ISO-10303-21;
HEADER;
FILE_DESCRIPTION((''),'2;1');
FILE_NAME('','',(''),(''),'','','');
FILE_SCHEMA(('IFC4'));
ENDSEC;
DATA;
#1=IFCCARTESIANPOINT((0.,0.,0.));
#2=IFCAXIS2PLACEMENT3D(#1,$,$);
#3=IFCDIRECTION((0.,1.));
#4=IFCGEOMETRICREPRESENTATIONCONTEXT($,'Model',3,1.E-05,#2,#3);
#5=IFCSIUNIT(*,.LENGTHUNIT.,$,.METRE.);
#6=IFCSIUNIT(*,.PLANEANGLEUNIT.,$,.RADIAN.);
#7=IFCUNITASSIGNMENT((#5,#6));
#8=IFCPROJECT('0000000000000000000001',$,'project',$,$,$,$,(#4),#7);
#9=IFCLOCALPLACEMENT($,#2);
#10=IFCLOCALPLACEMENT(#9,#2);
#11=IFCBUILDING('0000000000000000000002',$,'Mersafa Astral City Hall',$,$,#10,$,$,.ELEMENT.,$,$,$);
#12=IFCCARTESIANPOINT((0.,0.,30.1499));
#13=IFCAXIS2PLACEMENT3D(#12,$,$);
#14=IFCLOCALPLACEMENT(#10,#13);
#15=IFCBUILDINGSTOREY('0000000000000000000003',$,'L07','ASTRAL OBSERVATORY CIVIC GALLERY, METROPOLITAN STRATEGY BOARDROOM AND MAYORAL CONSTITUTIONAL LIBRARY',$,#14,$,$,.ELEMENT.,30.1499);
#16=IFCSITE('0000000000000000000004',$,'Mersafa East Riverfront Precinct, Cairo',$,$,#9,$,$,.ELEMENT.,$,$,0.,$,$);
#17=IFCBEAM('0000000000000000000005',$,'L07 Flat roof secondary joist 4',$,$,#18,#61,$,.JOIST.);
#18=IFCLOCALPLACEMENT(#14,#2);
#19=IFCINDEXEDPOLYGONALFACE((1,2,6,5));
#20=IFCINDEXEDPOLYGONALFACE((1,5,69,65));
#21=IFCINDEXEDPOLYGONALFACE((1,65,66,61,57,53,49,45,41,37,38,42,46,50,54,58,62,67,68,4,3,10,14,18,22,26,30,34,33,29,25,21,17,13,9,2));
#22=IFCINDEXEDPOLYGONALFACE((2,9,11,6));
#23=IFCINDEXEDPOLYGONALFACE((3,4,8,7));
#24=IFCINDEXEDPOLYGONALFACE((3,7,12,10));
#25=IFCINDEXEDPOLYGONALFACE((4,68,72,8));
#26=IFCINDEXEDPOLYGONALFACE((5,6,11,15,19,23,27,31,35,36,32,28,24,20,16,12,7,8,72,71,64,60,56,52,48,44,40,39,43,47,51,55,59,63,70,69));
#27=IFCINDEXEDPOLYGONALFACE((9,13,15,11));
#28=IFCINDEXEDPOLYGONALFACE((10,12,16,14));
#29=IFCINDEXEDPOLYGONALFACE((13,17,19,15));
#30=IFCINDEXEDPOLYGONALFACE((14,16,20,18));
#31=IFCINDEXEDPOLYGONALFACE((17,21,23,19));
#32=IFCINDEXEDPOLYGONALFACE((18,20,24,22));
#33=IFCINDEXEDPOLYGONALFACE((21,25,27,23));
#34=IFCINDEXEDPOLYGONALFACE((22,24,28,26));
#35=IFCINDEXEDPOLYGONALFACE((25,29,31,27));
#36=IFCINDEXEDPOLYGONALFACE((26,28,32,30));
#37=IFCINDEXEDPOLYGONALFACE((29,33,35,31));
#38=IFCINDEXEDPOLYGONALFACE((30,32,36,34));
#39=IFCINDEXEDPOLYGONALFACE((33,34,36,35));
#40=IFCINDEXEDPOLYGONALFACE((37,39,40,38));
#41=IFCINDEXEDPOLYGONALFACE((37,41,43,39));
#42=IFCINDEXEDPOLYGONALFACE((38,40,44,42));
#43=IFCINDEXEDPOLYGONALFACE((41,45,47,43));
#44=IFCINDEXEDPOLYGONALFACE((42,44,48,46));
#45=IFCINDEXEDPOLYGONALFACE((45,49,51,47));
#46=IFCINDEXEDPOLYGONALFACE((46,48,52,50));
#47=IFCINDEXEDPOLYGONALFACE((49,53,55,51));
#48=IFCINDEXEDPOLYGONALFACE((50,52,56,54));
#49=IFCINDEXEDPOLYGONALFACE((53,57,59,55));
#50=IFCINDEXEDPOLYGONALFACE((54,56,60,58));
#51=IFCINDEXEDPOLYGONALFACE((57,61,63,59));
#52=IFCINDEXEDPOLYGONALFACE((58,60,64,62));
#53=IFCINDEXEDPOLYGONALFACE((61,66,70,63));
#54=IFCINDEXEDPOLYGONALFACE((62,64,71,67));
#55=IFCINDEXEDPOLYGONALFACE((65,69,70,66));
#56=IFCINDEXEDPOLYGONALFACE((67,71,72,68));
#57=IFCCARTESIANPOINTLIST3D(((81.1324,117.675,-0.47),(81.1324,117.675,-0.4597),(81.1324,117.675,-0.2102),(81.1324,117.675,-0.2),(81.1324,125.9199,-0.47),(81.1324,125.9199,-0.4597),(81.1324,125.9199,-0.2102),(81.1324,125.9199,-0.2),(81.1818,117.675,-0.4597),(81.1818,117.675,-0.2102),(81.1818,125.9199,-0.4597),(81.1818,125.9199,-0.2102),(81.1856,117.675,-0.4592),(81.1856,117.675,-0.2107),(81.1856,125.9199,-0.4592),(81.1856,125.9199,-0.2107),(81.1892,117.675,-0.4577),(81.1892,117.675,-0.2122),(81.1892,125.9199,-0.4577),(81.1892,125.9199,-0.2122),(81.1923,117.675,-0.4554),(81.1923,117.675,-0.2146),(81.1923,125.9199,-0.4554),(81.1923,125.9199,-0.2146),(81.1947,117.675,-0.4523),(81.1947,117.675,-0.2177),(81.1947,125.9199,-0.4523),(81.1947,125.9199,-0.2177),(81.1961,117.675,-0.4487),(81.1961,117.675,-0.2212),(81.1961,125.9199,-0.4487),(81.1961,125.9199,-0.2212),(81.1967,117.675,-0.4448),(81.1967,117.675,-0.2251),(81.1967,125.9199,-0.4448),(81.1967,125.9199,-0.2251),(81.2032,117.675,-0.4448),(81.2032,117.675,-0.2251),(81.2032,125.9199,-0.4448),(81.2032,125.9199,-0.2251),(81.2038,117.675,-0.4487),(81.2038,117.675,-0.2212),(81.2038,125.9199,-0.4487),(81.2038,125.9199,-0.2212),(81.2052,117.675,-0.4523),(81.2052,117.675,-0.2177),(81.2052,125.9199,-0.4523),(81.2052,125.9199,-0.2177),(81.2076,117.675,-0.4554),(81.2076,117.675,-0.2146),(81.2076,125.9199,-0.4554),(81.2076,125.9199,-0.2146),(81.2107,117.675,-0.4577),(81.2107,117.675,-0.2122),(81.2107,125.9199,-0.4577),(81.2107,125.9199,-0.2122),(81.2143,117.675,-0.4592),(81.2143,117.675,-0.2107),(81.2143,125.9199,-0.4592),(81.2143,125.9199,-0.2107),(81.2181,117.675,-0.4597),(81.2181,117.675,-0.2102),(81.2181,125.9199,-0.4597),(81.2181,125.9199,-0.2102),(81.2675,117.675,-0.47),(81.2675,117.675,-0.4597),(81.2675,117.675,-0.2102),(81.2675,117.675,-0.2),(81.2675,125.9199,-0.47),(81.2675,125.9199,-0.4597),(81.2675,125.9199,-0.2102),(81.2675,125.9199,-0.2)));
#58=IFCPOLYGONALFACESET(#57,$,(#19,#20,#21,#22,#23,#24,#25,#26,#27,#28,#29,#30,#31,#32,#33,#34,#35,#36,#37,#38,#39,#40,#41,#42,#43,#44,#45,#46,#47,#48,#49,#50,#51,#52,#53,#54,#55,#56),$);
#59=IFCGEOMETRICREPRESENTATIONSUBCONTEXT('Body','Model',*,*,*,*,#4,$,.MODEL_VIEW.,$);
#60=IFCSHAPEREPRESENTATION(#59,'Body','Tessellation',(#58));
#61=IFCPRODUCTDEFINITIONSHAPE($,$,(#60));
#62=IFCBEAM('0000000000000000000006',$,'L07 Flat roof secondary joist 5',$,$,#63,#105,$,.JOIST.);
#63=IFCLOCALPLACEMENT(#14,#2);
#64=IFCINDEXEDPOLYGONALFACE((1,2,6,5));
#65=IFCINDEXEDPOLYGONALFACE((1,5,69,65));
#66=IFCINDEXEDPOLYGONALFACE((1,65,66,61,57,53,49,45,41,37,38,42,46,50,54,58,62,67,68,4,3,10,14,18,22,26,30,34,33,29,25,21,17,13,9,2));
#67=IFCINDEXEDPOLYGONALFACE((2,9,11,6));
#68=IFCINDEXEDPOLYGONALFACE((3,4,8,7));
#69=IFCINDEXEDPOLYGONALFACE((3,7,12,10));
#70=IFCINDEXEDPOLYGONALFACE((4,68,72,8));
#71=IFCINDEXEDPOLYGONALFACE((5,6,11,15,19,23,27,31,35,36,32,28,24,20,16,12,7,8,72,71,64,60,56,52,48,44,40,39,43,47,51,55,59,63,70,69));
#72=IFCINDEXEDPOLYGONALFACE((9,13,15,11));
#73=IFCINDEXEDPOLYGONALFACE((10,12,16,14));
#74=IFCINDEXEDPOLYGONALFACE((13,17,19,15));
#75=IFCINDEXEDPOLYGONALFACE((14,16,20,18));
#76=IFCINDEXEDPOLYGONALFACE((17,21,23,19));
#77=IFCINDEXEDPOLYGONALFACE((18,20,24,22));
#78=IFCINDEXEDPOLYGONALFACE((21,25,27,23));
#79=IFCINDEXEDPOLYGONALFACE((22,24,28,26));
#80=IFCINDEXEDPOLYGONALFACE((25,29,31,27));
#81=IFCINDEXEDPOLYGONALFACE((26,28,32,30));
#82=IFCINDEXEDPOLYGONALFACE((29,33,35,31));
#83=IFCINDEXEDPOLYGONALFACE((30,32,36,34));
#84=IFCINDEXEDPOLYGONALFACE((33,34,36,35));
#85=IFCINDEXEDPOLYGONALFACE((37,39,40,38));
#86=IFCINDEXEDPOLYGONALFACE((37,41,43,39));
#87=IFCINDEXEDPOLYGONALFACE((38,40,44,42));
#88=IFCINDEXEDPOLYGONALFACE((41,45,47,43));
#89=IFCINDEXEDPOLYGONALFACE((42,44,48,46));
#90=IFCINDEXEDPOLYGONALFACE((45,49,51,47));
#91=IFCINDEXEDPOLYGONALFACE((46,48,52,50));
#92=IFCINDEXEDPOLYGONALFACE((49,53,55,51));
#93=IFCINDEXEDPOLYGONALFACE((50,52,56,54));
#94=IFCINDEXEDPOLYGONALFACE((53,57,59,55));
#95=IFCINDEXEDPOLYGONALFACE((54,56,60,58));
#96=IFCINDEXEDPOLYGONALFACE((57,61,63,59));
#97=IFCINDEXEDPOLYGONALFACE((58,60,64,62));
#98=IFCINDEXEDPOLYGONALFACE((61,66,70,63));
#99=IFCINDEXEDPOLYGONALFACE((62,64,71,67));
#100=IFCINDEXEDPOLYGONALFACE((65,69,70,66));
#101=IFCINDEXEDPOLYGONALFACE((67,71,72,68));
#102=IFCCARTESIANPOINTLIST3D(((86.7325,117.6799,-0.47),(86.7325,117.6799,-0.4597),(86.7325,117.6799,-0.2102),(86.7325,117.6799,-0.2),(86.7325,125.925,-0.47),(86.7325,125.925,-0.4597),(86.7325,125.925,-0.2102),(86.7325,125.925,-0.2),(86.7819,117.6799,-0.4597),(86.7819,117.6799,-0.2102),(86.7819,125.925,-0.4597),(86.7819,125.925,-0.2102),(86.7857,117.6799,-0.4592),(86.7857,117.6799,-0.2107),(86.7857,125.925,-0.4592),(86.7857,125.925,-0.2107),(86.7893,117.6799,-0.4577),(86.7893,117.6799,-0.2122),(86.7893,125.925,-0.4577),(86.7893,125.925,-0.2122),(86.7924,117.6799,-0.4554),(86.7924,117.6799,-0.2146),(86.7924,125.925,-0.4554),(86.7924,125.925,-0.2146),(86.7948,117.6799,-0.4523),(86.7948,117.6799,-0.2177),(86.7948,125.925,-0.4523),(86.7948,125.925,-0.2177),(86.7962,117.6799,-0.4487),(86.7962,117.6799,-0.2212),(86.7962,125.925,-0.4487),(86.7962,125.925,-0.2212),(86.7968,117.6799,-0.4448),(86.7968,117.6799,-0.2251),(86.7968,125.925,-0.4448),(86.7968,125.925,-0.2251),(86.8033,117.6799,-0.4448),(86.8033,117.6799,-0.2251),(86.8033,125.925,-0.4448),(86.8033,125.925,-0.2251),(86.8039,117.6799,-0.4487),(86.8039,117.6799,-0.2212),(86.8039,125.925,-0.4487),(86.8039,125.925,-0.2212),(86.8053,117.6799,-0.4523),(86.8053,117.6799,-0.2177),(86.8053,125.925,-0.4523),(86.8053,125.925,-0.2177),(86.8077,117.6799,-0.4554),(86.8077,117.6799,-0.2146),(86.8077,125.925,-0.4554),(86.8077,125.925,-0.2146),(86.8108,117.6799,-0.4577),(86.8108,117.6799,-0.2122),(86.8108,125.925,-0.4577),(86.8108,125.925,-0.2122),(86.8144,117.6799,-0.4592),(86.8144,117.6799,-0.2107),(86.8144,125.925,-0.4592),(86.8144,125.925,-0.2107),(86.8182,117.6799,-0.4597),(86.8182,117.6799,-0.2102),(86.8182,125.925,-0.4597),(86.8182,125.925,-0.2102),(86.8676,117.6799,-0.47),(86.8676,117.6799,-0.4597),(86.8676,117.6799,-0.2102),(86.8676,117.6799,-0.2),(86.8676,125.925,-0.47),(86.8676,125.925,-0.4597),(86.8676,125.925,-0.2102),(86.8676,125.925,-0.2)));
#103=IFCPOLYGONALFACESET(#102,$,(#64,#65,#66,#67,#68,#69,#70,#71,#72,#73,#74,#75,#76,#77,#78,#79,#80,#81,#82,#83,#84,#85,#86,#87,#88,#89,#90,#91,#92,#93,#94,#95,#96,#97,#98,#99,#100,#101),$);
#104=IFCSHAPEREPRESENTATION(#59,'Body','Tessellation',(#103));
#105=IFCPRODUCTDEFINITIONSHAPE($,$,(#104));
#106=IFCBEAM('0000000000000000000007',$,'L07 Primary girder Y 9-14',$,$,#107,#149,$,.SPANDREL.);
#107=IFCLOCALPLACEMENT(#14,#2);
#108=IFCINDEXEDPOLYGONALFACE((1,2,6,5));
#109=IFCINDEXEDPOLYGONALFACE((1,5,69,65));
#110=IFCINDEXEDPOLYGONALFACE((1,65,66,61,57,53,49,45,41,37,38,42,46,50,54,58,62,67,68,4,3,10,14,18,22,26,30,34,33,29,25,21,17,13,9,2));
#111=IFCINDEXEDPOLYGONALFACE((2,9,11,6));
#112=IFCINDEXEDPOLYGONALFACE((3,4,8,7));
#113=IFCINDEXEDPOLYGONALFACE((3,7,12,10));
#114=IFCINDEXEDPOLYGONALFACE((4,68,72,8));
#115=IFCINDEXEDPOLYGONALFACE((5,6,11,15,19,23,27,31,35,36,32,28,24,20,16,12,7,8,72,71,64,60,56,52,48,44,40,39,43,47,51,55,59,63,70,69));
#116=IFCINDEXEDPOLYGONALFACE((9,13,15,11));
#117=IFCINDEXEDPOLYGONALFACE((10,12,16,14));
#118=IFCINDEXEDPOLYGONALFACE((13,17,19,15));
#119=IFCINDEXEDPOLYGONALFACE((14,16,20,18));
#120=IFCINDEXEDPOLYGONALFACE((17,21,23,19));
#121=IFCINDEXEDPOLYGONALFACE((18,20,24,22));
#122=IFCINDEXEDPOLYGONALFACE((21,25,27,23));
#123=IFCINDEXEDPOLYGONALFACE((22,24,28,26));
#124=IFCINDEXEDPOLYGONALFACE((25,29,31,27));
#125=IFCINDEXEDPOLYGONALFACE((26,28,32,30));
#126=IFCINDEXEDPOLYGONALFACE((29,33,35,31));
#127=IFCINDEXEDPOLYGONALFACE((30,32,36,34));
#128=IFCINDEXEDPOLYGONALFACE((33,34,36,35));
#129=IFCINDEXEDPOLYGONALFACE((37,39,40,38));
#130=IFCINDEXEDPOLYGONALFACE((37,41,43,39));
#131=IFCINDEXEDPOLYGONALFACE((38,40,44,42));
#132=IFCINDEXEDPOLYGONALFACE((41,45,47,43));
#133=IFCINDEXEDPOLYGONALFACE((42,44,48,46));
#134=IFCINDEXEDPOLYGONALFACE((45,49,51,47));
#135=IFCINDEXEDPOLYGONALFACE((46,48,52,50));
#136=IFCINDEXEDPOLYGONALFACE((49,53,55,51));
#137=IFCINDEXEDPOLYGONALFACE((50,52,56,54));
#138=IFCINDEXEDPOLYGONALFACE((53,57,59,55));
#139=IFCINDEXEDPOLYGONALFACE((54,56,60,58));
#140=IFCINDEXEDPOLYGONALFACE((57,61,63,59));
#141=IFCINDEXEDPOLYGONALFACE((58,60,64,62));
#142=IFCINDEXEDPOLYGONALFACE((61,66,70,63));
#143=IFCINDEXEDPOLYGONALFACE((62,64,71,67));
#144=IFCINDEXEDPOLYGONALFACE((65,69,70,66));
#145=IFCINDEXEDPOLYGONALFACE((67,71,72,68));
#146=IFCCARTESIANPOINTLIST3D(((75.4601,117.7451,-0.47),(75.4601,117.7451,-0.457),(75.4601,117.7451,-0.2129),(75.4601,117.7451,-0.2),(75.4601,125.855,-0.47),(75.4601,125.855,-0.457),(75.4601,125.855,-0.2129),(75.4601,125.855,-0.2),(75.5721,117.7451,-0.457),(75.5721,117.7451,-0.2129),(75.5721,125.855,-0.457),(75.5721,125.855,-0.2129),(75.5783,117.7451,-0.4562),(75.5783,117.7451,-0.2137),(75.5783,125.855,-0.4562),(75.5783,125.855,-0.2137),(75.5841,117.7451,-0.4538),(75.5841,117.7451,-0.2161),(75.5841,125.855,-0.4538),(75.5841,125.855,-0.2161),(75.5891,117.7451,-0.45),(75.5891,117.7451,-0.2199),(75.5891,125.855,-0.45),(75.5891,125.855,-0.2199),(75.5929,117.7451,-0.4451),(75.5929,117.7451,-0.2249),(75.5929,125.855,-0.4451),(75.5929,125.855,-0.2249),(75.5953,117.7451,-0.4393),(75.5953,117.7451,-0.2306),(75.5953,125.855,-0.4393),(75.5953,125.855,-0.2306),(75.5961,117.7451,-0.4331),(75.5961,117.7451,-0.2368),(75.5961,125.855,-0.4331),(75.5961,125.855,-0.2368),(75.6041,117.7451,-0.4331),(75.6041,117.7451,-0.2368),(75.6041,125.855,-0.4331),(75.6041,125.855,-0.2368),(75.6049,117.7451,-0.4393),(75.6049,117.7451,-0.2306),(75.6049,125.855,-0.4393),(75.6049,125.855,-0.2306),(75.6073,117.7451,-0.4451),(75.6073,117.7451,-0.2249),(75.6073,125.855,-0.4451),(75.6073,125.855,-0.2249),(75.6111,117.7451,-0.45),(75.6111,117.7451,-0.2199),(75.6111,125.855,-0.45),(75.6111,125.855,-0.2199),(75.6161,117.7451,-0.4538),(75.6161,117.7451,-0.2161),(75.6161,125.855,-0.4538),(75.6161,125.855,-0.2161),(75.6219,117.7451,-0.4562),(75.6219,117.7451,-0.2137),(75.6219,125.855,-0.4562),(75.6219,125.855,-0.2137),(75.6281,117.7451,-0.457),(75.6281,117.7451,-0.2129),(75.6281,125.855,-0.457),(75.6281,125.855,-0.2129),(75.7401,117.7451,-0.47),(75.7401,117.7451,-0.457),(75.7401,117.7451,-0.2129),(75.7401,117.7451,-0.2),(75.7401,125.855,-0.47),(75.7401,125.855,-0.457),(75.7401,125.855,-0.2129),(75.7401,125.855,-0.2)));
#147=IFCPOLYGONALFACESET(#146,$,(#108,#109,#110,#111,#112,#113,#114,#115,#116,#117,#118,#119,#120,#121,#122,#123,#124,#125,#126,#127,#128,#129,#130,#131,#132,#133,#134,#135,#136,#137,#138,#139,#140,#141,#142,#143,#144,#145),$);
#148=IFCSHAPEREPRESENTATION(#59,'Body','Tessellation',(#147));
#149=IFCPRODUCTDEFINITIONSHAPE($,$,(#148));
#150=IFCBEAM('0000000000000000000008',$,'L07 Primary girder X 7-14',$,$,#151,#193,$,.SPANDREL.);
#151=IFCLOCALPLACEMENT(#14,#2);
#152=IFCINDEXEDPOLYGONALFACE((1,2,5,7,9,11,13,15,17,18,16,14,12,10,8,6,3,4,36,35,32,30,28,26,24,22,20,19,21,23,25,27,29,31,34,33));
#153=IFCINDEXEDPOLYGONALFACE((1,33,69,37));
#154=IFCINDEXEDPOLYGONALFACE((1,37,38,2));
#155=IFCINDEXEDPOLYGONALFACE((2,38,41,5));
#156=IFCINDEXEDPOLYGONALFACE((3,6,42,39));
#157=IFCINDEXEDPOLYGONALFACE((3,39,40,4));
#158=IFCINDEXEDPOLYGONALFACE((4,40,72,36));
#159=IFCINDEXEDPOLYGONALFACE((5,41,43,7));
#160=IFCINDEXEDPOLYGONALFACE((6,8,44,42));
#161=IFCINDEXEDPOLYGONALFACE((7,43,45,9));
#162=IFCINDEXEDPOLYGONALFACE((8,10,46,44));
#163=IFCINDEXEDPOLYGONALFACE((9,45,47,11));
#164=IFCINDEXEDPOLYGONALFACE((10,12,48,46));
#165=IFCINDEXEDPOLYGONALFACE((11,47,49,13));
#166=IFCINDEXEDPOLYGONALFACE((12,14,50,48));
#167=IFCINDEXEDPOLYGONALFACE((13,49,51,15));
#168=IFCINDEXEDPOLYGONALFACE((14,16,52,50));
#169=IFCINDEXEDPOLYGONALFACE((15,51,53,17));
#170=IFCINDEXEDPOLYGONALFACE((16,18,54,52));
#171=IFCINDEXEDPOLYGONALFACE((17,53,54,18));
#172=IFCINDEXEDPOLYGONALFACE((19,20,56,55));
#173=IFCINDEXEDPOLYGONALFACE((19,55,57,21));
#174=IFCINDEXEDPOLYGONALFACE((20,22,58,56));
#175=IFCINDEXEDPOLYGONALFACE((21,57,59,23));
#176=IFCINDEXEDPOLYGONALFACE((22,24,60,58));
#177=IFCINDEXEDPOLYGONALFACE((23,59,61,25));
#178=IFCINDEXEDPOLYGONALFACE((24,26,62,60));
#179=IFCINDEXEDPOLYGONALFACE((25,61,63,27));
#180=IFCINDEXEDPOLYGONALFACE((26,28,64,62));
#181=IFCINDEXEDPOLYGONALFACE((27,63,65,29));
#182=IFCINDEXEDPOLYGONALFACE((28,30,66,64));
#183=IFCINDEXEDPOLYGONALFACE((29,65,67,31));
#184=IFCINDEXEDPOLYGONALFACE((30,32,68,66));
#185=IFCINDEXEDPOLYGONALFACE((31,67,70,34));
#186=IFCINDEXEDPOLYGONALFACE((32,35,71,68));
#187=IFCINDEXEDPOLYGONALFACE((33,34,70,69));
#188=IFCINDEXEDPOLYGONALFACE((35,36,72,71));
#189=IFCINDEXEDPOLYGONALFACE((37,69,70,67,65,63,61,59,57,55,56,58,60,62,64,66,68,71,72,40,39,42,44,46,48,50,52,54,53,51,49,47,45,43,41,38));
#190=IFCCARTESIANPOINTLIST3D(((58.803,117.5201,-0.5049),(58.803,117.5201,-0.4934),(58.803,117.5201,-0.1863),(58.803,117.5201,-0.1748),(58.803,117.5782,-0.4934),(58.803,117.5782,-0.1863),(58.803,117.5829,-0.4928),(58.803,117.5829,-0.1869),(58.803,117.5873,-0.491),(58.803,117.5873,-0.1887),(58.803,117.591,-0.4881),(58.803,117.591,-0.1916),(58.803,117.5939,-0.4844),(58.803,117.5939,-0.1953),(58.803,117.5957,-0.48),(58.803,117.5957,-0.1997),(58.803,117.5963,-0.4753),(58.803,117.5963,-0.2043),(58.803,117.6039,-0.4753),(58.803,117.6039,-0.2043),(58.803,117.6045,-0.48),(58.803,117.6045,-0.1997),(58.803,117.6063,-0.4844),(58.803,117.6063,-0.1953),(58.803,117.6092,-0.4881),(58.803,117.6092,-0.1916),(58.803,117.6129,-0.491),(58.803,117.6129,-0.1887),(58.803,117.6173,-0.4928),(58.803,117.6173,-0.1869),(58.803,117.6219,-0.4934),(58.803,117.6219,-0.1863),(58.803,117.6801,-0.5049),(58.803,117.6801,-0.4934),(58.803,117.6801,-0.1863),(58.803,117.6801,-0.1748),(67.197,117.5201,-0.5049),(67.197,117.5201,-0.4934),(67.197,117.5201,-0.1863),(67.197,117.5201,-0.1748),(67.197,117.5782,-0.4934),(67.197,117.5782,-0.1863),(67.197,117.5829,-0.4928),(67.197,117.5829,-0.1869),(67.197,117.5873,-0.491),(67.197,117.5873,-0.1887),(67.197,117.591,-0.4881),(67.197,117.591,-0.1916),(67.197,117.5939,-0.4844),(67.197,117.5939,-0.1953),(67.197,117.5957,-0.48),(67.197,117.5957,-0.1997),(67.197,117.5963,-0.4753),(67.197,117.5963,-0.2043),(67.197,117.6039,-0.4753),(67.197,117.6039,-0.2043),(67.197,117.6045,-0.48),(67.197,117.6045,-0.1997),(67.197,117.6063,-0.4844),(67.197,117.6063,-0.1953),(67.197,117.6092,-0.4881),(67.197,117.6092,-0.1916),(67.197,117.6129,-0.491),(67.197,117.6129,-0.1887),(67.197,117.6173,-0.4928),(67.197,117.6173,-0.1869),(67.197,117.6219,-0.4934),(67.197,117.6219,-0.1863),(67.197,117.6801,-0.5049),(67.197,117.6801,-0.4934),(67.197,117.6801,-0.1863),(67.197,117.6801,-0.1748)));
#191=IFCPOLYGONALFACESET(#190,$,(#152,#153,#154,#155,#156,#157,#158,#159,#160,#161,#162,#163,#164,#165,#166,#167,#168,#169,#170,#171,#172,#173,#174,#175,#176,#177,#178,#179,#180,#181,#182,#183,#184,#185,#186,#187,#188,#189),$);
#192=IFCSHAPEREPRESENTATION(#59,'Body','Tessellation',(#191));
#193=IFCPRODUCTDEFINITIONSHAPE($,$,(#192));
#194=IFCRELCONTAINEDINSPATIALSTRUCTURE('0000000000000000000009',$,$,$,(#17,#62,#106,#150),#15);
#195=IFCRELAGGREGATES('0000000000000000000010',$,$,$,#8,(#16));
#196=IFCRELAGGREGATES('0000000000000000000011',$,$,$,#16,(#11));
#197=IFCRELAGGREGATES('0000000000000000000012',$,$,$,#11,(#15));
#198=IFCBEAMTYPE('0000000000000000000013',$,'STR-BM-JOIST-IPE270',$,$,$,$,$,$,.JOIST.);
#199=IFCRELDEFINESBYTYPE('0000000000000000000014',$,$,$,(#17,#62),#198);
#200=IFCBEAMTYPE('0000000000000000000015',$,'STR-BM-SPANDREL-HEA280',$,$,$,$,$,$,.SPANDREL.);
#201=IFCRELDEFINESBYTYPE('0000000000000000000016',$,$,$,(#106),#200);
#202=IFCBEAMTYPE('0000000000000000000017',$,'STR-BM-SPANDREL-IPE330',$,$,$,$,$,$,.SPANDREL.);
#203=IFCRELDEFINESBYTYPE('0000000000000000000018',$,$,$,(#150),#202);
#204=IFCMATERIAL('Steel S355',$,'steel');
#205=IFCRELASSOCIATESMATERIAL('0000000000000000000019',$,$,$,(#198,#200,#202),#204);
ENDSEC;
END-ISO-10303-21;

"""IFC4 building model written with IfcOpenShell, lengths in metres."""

from ifc_helpers import new_model, si_unit, direction, frame, origin, origin_2d, place, context, subcontext, project, spatial, i_section, extrude, material, material_profile, profile_set, type_object, element, save


model = new_model("IFC4")

# Units and contexts
model_context = context("Model", 3, precision=1e-05, world=origin(), true_north=direction((0.0, 1.0)))
body_context = subcontext(model_context, "Body", "Model", "MODEL_VIEW")
ifc_project = project(units=[si_unit("LENGTHUNIT", "METRE"), si_unit("PLANEANGLEUNIT", "RADIAN")], contexts=[model_context])

# Site, building, storey
site_placement = place(None, origin())
site = spatial("IfcSite", under=ifc_project, at=site_placement, Name="Mersafa East Riverfront Precinct, Cairo", CompositionType="ELEMENT", RefElevation=0.0)
building_placement = place(site_placement, origin())
building = spatial("IfcBuilding", under=site, at=building_placement, Name="Mersafa Astral City Hall", CompositionType="ELEMENT")
storey_placement = place(building_placement, frame((0.0, 0.0, 30.1499)))
storey = spatial("IfcBuildingStorey", under=building, at=storey_placement, Name="L07", Description="ASTRAL OBSERVATORY CIVIC GALLERY, METROPOLITAN STRATEGY BOARDROOM AND MAYORAL CONSTITUTIONAL LIBRARY", CompositionType="ELEMENT", Elevation=30.1499)

# Beams
ifc_material_1 = material(Name="Steel S355", Category="steel")
ifc_material_profile_1 = material_profile(ifc_material_1, i_section(OverallWidth=0.135, OverallDepth=0.27, WebThickness=0.0066, FlangeThickness=0.0103, FilletRadius=0.0149, at=origin_2d()), Name="IPE 270")
ifc_profile_set_1 = profile_set([ifc_material_profile_1], Name="Steel S355")
beam_type_1 = type_object("IfcBeamType", Name="STR-BM-JOIST-IPE270", PredefinedType="JOIST", material=ifc_profile_set_1)
for number, where, z_axis, x_axis, name in (
    (1, (81.2, 117.675, -0.335), (0.0, 1.0, 0.0), (-1.0, 0.0, 0.0), "L07 Flat roof secondary joist 4"),
):
    element("IfcBeam", number, at=place(storey_placement, frame(where, z_axis=z_axis, x_axis=x_axis)), inside=storey, type_object=beam_type_1, Name=name, PredefinedType="JOIST", context=body_context, shape_type="SweptSolid", body=[
        extrude(i_section(OverallWidth=0.135, OverallDepth=0.27, WebThickness=0.0066, FlangeThickness=0.0103, FilletRadius=0.0149, at=origin_2d()), origin(), (0.0, 0.0, 1.0), 8.2449),
    ])
beam_1_placement = place(storey_placement, frame((86.8, 117.6799, -0.335), z_axis=(0.0, 1.0, 0.0), x_axis=(-1.0, 0.0, 0.0)))
element("IfcBeam", 2, at=beam_1_placement, inside=storey, type_object=beam_type_1, Name="L07 Flat roof secondary joist 5", PredefinedType="JOIST", context=body_context, shape_type="SweptSolid", body=[
    extrude(i_section(OverallWidth=0.135, OverallDepth=0.27, WebThickness=0.0066, FlangeThickness=0.0103, FilletRadius=0.0149, at=origin_2d()), origin(), (0.0, 0.0, 1.0), 8.2451),
])
ifc_material_profile_2 = material_profile(ifc_material_1, i_section(OverallWidth=0.28, OverallDepth=0.27, WebThickness=0.0081, FlangeThickness=0.0129, FilletRadius=0.0239, at=origin_2d()), Name="HEA 280")
ifc_profile_set_2 = profile_set([ifc_material_profile_2], Name="Steel S355")
beam_type_2 = type_object("IfcBeamType", Name="STR-BM-SPANDREL-HEA280", PredefinedType="SPANDREL", material=ifc_profile_set_2)
beam_2_placement = place(storey_placement, frame((75.6001, 117.7451, -0.335), z_axis=(0.0, 1.0, 0.0), x_axis=(-1.0, 0.0, 0.0)))
element("IfcBeam", 3, at=beam_2_placement, inside=storey, type_object=beam_type_2, Name="L07 Primary girder Y 9-14", PredefinedType="SPANDREL", context=body_context, shape_type="SweptSolid", body=[
    extrude(i_section(OverallWidth=0.28, OverallDepth=0.27, WebThickness=0.0081, FlangeThickness=0.0129, FilletRadius=0.0239, at=origin_2d()), origin(), (0.0, 0.0, 1.0), 8.1099),
])
ifc_material_profile_3 = material_profile(ifc_material_1, i_section(OverallWidth=0.1599, OverallDepth=0.3301, WebThickness=0.0076, FlangeThickness=0.0115, FilletRadius=0.0181, at=origin_2d()), Name="IPE 330")
ifc_profile_set_3 = profile_set([ifc_material_profile_3], Name="Steel S355")
beam_type_3 = type_object("IfcBeamType", Name="STR-BM-SPANDREL-IPE330", PredefinedType="SPANDREL", material=ifc_profile_set_3)
for number, where, z_axis, x_axis, name in (
    (4, (58.803, 117.6001, -0.3398), (1.0, 0.0, 0.0), (0.0, 1.0, 0.0), "L07 Primary girder X 7-14"),
):
    element("IfcBeam", number, at=place(storey_placement, frame(where, z_axis=z_axis, x_axis=x_axis)), inside=storey, type_object=beam_type_3, Name=name, PredefinedType="SPANDREL", context=body_context, shape_type="SweptSolid", body=[
        extrude(i_section(OverallWidth=0.1599, OverallDepth=0.3301, WebThickness=0.0076, FlangeThickness=0.0115, FilletRadius=0.0181, at=origin_2d()), origin(), (0.0, 0.0, 1.0), 8.394),
    ])

save(model, "model.ifc")
